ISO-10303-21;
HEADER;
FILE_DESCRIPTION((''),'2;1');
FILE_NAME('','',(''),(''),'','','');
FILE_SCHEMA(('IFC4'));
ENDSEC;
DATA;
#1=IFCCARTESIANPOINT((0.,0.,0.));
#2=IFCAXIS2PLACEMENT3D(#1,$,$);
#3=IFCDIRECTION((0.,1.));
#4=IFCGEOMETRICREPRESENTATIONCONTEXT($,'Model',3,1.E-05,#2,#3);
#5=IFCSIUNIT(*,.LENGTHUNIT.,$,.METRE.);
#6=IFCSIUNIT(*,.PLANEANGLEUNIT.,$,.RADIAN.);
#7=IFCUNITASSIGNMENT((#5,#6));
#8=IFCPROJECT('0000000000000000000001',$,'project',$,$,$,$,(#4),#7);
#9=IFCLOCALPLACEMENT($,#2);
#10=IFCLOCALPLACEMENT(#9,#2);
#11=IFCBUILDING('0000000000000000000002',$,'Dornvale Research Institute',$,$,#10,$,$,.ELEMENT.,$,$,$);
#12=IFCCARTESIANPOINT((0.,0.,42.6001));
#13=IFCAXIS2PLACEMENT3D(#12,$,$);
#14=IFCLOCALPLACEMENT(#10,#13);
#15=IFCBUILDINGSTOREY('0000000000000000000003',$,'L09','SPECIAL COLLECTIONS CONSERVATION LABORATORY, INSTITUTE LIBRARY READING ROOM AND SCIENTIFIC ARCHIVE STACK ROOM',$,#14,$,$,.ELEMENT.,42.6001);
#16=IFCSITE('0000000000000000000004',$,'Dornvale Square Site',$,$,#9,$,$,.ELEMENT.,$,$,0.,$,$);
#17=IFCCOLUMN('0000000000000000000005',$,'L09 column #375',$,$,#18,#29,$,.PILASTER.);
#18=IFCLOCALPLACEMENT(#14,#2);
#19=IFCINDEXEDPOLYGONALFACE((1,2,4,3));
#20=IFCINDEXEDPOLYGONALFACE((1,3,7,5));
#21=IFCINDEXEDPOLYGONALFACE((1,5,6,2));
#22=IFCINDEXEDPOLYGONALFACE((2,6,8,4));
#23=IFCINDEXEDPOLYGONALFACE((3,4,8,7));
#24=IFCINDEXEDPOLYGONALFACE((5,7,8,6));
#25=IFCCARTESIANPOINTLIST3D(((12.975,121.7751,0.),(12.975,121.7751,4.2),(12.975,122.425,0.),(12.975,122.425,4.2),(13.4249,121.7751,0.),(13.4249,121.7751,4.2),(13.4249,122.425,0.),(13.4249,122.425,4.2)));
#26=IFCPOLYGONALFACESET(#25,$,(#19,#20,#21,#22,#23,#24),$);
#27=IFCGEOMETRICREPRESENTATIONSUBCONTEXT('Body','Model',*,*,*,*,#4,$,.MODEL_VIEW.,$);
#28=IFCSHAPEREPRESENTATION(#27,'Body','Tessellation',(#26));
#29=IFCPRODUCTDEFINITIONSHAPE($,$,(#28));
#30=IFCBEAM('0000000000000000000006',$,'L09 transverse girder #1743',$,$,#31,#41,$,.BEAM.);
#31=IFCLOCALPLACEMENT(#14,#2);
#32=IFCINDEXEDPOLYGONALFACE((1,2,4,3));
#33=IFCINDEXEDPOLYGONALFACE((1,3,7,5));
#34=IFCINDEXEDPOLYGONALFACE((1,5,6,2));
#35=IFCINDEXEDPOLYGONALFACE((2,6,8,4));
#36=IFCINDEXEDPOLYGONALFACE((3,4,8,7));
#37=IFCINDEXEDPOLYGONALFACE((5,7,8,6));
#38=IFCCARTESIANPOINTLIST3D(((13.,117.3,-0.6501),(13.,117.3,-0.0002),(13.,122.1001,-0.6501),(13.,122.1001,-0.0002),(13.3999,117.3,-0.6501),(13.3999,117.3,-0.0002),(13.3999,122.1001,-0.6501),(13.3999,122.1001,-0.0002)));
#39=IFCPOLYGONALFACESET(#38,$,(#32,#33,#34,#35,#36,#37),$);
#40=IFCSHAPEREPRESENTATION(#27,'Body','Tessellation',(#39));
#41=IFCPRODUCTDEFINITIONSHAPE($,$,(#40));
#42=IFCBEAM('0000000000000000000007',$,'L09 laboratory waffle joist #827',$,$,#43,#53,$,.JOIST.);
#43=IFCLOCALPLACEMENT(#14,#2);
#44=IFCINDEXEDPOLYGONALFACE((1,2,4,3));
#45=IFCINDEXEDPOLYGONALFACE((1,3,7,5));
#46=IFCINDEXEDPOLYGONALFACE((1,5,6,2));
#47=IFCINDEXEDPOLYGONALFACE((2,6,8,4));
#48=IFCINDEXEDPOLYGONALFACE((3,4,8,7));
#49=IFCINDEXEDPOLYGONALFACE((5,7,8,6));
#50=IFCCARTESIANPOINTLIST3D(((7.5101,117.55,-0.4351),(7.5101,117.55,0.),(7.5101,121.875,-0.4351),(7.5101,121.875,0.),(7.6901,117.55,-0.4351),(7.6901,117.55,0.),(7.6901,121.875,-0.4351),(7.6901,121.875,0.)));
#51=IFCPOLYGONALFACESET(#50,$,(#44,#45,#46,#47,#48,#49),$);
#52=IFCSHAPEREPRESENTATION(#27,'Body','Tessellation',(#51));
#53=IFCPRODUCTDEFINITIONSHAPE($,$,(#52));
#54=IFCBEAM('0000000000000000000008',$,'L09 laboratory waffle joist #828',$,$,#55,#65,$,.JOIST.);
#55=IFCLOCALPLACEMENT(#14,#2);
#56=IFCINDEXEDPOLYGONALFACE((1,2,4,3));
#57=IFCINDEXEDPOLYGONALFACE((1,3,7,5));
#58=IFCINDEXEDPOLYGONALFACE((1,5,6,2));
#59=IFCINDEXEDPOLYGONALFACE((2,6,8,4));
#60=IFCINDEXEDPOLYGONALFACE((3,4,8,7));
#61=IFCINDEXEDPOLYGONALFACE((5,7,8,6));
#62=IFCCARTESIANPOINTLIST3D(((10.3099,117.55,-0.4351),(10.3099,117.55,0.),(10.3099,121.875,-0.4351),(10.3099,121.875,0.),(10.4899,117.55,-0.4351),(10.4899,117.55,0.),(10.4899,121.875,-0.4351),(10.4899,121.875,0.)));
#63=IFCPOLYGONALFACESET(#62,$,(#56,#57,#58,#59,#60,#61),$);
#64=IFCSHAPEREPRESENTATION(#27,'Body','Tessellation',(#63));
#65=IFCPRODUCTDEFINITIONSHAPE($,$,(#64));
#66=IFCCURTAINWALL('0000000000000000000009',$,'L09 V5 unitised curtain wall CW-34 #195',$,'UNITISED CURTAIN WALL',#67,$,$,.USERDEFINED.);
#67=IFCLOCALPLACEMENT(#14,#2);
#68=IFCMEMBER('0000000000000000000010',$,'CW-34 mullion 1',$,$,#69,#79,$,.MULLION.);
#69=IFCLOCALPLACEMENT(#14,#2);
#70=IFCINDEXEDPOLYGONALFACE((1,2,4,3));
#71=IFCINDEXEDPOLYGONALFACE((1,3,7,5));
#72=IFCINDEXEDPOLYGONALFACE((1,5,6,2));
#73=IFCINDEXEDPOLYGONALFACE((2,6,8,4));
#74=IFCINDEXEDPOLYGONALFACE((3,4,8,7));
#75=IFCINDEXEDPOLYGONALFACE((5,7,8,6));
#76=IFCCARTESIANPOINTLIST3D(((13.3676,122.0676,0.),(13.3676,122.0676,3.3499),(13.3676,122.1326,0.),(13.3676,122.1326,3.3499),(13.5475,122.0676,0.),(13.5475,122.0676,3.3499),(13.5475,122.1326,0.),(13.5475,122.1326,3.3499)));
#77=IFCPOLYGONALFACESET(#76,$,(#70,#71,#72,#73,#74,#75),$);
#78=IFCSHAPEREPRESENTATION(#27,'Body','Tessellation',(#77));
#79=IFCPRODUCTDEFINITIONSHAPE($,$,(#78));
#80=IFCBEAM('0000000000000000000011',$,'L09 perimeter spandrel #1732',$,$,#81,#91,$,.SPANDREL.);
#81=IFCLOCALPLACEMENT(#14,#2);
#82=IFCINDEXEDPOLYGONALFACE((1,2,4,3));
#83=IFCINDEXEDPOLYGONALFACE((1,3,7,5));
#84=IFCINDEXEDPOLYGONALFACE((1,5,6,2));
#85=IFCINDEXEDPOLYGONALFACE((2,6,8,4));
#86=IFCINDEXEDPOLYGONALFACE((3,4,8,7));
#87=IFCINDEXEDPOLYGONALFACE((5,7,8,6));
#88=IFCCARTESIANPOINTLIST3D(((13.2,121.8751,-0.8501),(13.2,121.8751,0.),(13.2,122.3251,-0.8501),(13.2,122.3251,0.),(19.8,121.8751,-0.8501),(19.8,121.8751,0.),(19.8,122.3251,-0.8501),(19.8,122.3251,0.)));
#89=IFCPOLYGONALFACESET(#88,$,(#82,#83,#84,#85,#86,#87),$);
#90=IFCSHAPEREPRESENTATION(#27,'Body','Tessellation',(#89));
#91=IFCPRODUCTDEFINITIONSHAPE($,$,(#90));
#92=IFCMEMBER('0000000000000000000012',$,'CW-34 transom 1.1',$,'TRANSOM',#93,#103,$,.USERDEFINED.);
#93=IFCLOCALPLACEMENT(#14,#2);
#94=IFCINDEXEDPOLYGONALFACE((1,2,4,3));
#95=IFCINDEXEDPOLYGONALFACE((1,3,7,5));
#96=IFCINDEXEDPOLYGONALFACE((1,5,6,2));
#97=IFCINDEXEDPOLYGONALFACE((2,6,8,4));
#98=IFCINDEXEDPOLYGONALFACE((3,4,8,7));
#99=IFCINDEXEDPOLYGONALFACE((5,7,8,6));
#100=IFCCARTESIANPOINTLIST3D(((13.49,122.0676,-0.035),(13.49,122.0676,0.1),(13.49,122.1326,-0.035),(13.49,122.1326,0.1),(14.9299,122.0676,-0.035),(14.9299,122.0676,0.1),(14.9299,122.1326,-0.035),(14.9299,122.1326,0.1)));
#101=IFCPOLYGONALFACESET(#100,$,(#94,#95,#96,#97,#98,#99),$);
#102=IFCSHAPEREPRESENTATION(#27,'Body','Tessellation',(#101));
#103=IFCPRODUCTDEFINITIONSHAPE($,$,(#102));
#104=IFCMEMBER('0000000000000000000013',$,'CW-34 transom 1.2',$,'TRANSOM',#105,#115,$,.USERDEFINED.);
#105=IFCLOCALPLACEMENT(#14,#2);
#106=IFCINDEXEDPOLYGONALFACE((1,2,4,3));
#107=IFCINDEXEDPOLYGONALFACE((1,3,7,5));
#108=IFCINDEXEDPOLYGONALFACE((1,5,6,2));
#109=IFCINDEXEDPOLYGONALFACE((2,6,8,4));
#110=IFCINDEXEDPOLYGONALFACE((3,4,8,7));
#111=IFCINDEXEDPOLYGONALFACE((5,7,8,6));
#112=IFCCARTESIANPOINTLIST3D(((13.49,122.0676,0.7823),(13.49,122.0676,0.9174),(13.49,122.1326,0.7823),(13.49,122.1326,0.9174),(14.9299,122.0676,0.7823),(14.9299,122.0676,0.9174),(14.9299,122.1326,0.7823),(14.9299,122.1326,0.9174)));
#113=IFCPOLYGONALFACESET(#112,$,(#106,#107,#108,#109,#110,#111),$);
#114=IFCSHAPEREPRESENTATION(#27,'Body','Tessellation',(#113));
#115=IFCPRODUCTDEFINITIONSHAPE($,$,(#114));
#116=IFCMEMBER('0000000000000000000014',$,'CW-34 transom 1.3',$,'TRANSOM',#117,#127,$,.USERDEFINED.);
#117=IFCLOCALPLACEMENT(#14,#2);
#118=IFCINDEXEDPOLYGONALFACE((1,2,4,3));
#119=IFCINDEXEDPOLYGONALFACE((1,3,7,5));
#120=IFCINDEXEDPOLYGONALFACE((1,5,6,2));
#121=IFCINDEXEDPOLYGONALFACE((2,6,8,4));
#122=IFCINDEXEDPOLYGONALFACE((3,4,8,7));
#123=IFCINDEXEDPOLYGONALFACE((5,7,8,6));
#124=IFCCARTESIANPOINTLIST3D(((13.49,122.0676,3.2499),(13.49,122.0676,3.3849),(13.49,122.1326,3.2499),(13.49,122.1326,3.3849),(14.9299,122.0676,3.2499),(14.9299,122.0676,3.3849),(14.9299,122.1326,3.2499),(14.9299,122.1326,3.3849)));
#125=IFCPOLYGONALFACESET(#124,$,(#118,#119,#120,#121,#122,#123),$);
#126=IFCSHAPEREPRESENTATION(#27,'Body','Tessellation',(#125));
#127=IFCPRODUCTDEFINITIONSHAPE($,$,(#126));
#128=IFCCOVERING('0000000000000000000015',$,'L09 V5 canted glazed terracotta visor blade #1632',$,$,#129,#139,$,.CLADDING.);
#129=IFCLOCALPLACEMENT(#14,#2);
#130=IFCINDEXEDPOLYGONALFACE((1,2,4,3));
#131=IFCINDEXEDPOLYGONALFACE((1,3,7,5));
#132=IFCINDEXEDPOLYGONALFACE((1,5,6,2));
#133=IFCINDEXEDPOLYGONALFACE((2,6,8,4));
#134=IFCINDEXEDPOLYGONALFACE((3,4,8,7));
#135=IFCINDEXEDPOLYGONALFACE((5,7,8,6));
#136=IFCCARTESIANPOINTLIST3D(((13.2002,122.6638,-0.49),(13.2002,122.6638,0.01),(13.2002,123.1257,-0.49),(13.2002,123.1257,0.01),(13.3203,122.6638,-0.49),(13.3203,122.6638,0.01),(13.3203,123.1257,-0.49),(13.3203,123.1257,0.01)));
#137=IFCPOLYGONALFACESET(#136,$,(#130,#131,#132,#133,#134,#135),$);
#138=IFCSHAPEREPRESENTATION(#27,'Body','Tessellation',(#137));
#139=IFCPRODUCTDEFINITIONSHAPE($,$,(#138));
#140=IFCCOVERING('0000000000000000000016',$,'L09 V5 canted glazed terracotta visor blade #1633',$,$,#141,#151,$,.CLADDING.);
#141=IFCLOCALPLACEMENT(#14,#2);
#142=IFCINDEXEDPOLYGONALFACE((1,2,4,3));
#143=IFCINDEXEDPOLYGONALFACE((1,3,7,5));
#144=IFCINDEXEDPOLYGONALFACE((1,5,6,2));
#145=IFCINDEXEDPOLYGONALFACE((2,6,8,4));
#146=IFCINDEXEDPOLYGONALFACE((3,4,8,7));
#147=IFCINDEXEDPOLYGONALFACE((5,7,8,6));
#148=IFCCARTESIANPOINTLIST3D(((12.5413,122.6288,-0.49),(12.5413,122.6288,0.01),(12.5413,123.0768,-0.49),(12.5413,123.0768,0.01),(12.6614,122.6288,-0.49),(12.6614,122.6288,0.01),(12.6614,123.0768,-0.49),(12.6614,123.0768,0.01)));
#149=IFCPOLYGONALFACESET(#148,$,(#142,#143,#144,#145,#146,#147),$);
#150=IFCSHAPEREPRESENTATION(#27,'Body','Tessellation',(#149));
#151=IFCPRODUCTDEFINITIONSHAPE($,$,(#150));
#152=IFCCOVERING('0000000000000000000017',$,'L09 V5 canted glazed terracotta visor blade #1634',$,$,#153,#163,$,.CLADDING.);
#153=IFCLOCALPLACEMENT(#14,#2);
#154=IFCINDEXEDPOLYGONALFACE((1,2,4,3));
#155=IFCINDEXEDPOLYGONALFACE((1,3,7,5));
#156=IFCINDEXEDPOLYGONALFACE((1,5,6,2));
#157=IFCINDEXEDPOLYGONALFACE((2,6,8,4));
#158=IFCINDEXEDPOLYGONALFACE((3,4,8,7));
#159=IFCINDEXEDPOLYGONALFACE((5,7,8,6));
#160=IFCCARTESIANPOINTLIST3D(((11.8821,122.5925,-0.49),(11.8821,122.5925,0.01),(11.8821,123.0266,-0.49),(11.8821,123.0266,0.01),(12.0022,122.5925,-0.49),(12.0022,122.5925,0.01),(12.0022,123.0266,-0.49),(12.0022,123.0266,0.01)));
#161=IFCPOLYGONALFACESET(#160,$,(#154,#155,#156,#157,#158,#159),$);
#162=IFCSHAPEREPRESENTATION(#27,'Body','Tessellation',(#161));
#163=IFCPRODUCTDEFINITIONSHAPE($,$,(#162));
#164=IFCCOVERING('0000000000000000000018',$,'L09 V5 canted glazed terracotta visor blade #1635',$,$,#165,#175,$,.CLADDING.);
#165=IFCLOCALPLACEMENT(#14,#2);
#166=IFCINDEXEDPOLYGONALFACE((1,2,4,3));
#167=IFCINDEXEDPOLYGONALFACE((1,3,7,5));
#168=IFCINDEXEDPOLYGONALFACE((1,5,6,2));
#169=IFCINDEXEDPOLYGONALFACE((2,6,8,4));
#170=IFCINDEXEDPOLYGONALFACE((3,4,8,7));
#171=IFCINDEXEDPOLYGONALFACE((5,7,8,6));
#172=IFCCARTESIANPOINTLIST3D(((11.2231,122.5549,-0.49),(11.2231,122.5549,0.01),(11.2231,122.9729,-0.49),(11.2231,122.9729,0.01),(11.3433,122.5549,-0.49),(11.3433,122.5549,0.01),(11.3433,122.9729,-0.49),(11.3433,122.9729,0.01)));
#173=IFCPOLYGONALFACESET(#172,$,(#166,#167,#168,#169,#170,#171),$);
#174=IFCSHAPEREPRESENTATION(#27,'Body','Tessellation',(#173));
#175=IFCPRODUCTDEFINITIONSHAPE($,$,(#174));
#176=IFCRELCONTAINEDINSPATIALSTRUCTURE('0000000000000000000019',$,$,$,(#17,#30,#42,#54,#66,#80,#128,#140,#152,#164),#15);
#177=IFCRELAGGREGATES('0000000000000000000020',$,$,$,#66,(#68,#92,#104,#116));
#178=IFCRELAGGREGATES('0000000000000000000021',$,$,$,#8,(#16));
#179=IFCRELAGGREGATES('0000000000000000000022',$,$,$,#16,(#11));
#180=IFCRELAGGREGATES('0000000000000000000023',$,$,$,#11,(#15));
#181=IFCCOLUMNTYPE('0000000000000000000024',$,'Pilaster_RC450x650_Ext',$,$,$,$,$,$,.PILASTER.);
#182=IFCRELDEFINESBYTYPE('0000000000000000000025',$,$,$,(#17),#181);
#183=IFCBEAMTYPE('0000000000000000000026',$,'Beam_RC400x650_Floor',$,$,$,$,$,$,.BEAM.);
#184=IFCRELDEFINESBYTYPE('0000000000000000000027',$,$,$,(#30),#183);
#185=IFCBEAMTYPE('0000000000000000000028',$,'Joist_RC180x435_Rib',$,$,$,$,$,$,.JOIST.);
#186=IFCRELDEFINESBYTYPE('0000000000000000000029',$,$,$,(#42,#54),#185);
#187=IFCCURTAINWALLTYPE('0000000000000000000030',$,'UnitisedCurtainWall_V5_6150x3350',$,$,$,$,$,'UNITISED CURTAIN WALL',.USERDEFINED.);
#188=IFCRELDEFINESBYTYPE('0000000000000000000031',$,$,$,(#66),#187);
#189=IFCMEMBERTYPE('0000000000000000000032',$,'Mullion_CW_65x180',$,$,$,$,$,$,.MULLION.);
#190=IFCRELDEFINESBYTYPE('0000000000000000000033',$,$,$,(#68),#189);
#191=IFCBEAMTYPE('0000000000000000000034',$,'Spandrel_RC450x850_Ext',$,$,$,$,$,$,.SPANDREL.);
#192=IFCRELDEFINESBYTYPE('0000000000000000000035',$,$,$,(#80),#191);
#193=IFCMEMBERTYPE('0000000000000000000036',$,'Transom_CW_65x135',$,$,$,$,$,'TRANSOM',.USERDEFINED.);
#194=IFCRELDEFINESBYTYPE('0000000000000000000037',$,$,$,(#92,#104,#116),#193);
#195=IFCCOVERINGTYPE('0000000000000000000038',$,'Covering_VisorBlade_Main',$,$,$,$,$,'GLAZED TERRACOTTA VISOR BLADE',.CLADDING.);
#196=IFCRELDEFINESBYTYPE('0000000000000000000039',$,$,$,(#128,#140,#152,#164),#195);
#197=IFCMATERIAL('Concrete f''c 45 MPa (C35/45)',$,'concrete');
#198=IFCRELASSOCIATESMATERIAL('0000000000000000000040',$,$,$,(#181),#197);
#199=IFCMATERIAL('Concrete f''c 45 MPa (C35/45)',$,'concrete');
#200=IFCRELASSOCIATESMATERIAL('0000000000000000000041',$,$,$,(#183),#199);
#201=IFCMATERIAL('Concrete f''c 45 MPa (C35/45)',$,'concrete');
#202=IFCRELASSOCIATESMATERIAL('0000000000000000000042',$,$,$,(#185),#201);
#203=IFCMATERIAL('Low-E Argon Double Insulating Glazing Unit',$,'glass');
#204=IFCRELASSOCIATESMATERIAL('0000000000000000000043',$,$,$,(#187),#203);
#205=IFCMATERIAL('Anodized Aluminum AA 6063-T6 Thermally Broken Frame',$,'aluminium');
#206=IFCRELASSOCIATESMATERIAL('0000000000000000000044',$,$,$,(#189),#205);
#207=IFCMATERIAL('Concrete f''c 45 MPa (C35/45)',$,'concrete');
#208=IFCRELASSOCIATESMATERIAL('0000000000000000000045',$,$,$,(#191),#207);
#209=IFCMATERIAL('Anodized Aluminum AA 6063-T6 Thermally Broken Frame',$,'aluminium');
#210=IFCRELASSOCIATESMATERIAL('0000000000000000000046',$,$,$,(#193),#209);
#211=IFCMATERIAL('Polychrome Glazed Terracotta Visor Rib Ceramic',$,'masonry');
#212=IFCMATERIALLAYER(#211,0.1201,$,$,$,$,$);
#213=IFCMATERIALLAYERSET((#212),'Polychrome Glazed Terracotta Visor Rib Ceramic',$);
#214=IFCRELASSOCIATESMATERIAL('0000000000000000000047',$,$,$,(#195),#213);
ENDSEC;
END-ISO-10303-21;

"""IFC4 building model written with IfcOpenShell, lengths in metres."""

from ifc_helpers import new_model, si_unit, direction, frame, origin, origin_2d, place, context, subcontext, project, spatial, rectangle, extrude, material, layer, layer_set, material_profile, profile_set, type_object, element, aggregate, save


model = new_model("IFC4")

# Units and contexts
model_context = context("Model", 3, precision=1e-05, world=origin(), true_north=direction((0.0, 1.0)))
body_context = subcontext(model_context, "Body", "Model", "MODEL_VIEW")
ifc_project = project(units=[si_unit("LENGTHUNIT", "METRE"), si_unit("PLANEANGLEUNIT", "RADIAN")], contexts=[model_context])

# Site, building, storey
site_placement = place(None, origin())
site = spatial("IfcSite", under=ifc_project, at=site_placement, Name="Dornvale Square Site", CompositionType="ELEMENT", RefElevation=0.0)
building_placement = place(site_placement, origin())
building = spatial("IfcBuilding", under=site, at=building_placement, Name="Dornvale Research Institute", CompositionType="ELEMENT")
storey_placement = place(building_placement, frame((0.0, 0.0, 42.6001)))
storey = spatial("IfcBuildingStorey", under=building, at=storey_placement, Name="L09", Description="SPECIAL COLLECTIONS CONSERVATION LABORATORY, INSTITUTE LIBRARY READING ROOM AND SCIENTIFIC ARCHIVE STACK ROOM", CompositionType="ELEMENT", Elevation=42.6001)

# Column
ifc_material_1 = material(Name="Concrete f'c 45 MPa (C35/45)", Category="concrete")
ifc_material_profile_1 = material_profile(ifc_material_1, rectangle(XDim=0.45, YDim=0.6499, at=origin_2d()), Name="RC 450x650")
ifc_profile_set_1 = profile_set([ifc_material_profile_1], Name="Concrete f'c 45 MPa (C35/45)")
column_type = type_object("IfcColumnType", Name="Pilaster_RC450x650_Ext", PredefinedType="PILASTER", material=ifc_profile_set_1)
column_placement = place(storey_placement, frame((13.2, 122.1001, 0.0), z_axis=(0.0, 0.0, 1.0), x_axis=(1.0, 0.0, 0.0)))
element("IfcColumn", 1, at=column_placement, inside=storey, type_object=column_type, Name="L09 column #375", PredefinedType="PILASTER", context=body_context, shape_type="SweptSolid", body=[
    extrude(rectangle(XDim=0.45, YDim=0.6499, at=origin_2d()), origin(), (0.0, 0.0, 1.0), 4.2),
])

# Beams
ifc_material_2 = material(Name="Concrete f'c 45 MPa (C35/45)", Category="concrete")
ifc_material_profile_2 = material_profile(ifc_material_2, rectangle(XDim=0.3999, YDim=0.6499, at=origin_2d()), Name="RC 400x650")
ifc_profile_set_2 = profile_set([ifc_material_profile_2], Name="Concrete f'c 45 MPa (C35/45)")
beam_type_1 = type_object("IfcBeamType", Name="Beam_RC400x650_Floor", PredefinedType="BEAM", material=ifc_profile_set_2)
beam_1_placement = place(storey_placement, frame((13.2, 117.3, -0.3252), z_axis=(0.0, 1.0, 0.0), x_axis=(-1.0, 0.0, 0.0)))
element("IfcBeam", 2, at=beam_1_placement, inside=storey, type_object=beam_type_1, Name="L09 transverse girder #1743", PredefinedType="BEAM", context=body_context, shape_type="SweptSolid", body=[
    extrude(rectangle(XDim=0.3999, YDim=0.6499, at=origin_2d()), origin(), (0.0, 0.0, 1.0), 4.8),
])
ifc_material_3 = material(Name="Concrete f'c 45 MPa (C35/45)", Category="concrete")
ifc_material_profile_3 = material_profile(ifc_material_3, rectangle(XDim=0.1799, YDim=0.4351, at=origin_2d()), Name="RC 180x435")
ifc_profile_set_3 = profile_set([ifc_material_profile_3], Name="Concrete f'c 45 MPa (C35/45)")
beam_type_2 = type_object("IfcBeamType", Name="Joist_RC180x435_Rib", PredefinedType="JOIST", material=ifc_profile_set_3)
for number, where, z_axis, x_axis, name in (
    (3, (7.6001, 117.55, -0.2175), (0.0, 1.0, 0.0), (-1.0, 0.0, 0.0), "L09 laboratory waffle joist #827"),
    (4, (10.3999, 117.55, -0.2175), (0.0, 1.0, 0.0), (-1.0, 0.0, 0.0), "L09 laboratory waffle joist #828"),
):
    element("IfcBeam", number, at=place(storey_placement, frame(where, z_axis=z_axis, x_axis=x_axis)), inside=storey, type_object=beam_type_2, Name=name, PredefinedType="JOIST", context=body_context, shape_type="SweptSolid", body=[
        extrude(rectangle(XDim=0.1799, YDim=0.4351, at=origin_2d()), origin(), (0.0, 0.0, 1.0), 4.325),
    ])

# Curtain wall, member
ifc_material_4 = material(Name="Low-E Argon Double Insulating Glazing Unit", Category="glass")
curtain_wall_type = type_object("IfcCurtainWallType", Name="UnitisedCurtainWall_V5_6150x3350", ElementType="UNITISED CURTAIN WALL", PredefinedType="USERDEFINED", material=ifc_material_4)
curtain_wall_placement = place(storey_placement, origin())
curtain_wall = element("IfcCurtainWall", 5, at=curtain_wall_placement, inside=storey, type_object=curtain_wall_type, Name="L09 V5 unitised curtain wall CW-34 #195", ObjectType="UNITISED CURTAIN WALL", PredefinedType="USERDEFINED")
ifc_material_5 = material(Name="Anodized Aluminum AA 6063-T6 Thermally Broken Frame", Category="aluminium")
ifc_material_profile_4 = material_profile(ifc_material_5, rectangle(XDim=0.0649, YDim=0.1799, at=origin_2d()), Name="ALU MULLION 65x180")
ifc_profile_set_4 = profile_set([ifc_material_profile_4], Name="Anodized Aluminum AA 6063-T6 Thermally Broken Frame")
member_type_1 = type_object("IfcMemberType", Name="Mullion_CW_65x180", PredefinedType="MULLION", material=ifc_profile_set_4)
member_1_placement = place(storey_placement, frame((13.4575, 122.1001, 0.0), z_axis=(0.0, 0.0, 1.0), x_axis=(0.0, 1.0, 0.0)))
member_1 = element("IfcMember", 6, at=member_1_placement, type_object=member_type_1, Name="CW-34 mullion 1", PredefinedType="MULLION", context=body_context, shape_type="SweptSolid", body=[
    extrude(rectangle(XDim=0.0649, YDim=0.1799, at=origin_2d()), origin(), (0.0, 0.0, 1.0), 3.3499),
])

# Beam
ifc_material_6 = material(Name="Concrete f'c 45 MPa (C35/45)", Category="concrete")
ifc_material_profile_5 = material_profile(ifc_material_6, rectangle(XDim=0.45, YDim=0.8501, at=origin_2d()), Name="RC 450x850")
ifc_profile_set_5 = profile_set([ifc_material_profile_5], Name="Concrete f'c 45 MPa (C35/45)")
beam_type_3 = type_object("IfcBeamType", Name="Spandrel_RC450x850_Ext", PredefinedType="SPANDREL", material=ifc_profile_set_5)
beam_2_placement = place(storey_placement, frame((13.2, 122.1001, -0.425), z_axis=(1.0, 0.0, 0.0), x_axis=(0.0, 1.0, 0.0)))
element("IfcBeam", 7, at=beam_2_placement, inside=storey, type_object=beam_type_3, Name="L09 perimeter spandrel #1732", PredefinedType="SPANDREL", context=body_context, shape_type="SweptSolid", body=[
    extrude(rectangle(XDim=0.45, YDim=0.8501, at=origin_2d()), origin(), (0.0, 0.0, 1.0), 6.6001),
])

# Members
ifc_material_7 = material(Name="Anodized Aluminum AA 6063-T6 Thermally Broken Frame", Category="aluminium")
ifc_material_profile_6 = material_profile(ifc_material_7, rectangle(XDim=0.0649, YDim=0.135, at=origin_2d()), Name="ALU TRANSOM 65x135")
ifc_profile_set_6 = profile_set([ifc_material_profile_6], Name="Anodized Aluminum AA 6063-T6 Thermally Broken Frame")
member_type_2 = type_object("IfcMemberType", Name="Transom_CW_65x135", ElementType="TRANSOM", PredefinedType="USERDEFINED", material=ifc_profile_set_6)
member_2_placement = place(storey_placement, frame((13.49, 122.1001, 0.0325), z_axis=(1.0, 0.0, 0.0), x_axis=(0.0, 1.0, 0.0)))
member_2 = element("IfcMember", 8, at=member_2_placement, type_object=member_type_2, Name="CW-34 transom 1.1", ObjectType="TRANSOM", PredefinedType="USERDEFINED", context=body_context, shape_type="SweptSolid", body=[
    extrude(rectangle(XDim=0.0649, YDim=0.135, at=origin_2d()), origin(), (0.0, 0.0, 1.0), 1.4399),
])
member_3_placement = place(storey_placement, frame((13.49, 122.1001, 0.8499), z_axis=(1.0, 0.0, 0.0), x_axis=(0.0, 1.0, 0.0)))
member_3 = element("IfcMember", 9, at=member_3_placement, type_object=member_type_2, Name="CW-34 transom 1.2", ObjectType="TRANSOM", PredefinedType="USERDEFINED", context=body_context, shape_type="SweptSolid", body=[
    extrude(rectangle(XDim=0.0649, YDim=0.135, at=origin_2d()), origin(), (0.0, 0.0, 1.0), 1.4399),
])
member_4_placement = place(storey_placement, frame((13.49, 122.1001, 3.3174), z_axis=(1.0, 0.0, 0.0), x_axis=(0.0, 1.0, 0.0)))
member_4 = element("IfcMember", 10, at=member_4_placement, type_object=member_type_2, Name="CW-34 transom 1.3", ObjectType="TRANSOM", PredefinedType="USERDEFINED", context=body_context, shape_type="SweptSolid", body=[
    extrude(rectangle(XDim=0.0649, YDim=0.135, at=origin_2d()), origin(), (0.0, 0.0, 1.0), 1.4399),
])
aggregate(curtain_wall, [member_1, member_2, member_3, member_4])

# Coverings
ifc_material_8 = material(Name="Polychrome Glazed Terracotta Visor Rib Ceramic", Category="masonry")
ifc_layer = layer(ifc_material_8, 0.1201)
ifc_layer_set = layer_set([ifc_layer], Name="Polychrome Glazed Terracotta Visor Rib Ceramic")
covering_type = type_object("IfcCoveringType", Name="Covering_VisorBlade_Main", ElementType="GLAZED TERRACOTTA VISOR BLADE", PredefinedType="CLADDING", material=ifc_layer_set)
covering_1_placement = place(storey_placement, frame((13.2603, 122.8948, -0.49), z_axis=(0.0, 0.0, 1.0), x_axis=(0.0, 1.0, 0.0)))
element("IfcCovering", 11, at=covering_1_placement, inside=storey, type_object=covering_type, Name="L09 V5 canted glazed terracotta visor blade #1632", PredefinedType="CLADDING", context=body_context, shape_type="SweptSolid", body=[
    extrude(rectangle(XDim=0.4619, YDim=0.1201, at=origin_2d()), origin(), (0.0, 0.0, 1.0), 0.5),
])
covering_2_placement = place(storey_placement, frame((12.6013, 122.8528, -0.49), z_axis=(0.0, 0.0, 1.0), x_axis=(0.0, 1.0, 0.0)))
element("IfcCovering", 12, at=covering_2_placement, inside=storey, type_object=covering_type, Name="L09 V5 canted glazed terracotta visor blade #1633", PredefinedType="CLADDING", context=body_context, shape_type="SweptSolid", body=[
    extrude(rectangle(XDim=0.448, YDim=0.1201, at=origin_2d()), origin(), (0.0, 0.0, 1.0), 0.5),
])
covering_3_placement = place(storey_placement, frame((11.9421, 122.8096, -0.49), z_axis=(0.0, 0.0, 1.0), x_axis=(0.0, 1.0, 0.0)))
element("IfcCovering", 13, at=covering_3_placement, inside=storey, type_object=covering_type, Name="L09 V5 canted glazed terracotta visor blade #1634", PredefinedType="CLADDING", context=body_context, shape_type="SweptSolid", body=[
    extrude(rectangle(XDim=0.4341, YDim=0.1201, at=origin_2d()), origin(), (0.0, 0.0, 1.0), 0.5),
])
covering_4_placement = place(storey_placement, frame((11.2832, 122.7639, -0.49), z_axis=(0.0, 0.0, 1.0), x_axis=(0.0, 1.0, 0.0)))
element("IfcCovering", 14, at=covering_4_placement, inside=storey, type_object=covering_type, Name="L09 V5 canted glazed terracotta visor blade #1635", PredefinedType="CLADDING", context=body_context, shape_type="SweptSolid", body=[
    extrude(rectangle(XDim=0.418, YDim=0.1201, at=origin_2d()), origin(), (0.0, 0.0, 1.0), 0.5),
])

save(model, "model.ifc")
